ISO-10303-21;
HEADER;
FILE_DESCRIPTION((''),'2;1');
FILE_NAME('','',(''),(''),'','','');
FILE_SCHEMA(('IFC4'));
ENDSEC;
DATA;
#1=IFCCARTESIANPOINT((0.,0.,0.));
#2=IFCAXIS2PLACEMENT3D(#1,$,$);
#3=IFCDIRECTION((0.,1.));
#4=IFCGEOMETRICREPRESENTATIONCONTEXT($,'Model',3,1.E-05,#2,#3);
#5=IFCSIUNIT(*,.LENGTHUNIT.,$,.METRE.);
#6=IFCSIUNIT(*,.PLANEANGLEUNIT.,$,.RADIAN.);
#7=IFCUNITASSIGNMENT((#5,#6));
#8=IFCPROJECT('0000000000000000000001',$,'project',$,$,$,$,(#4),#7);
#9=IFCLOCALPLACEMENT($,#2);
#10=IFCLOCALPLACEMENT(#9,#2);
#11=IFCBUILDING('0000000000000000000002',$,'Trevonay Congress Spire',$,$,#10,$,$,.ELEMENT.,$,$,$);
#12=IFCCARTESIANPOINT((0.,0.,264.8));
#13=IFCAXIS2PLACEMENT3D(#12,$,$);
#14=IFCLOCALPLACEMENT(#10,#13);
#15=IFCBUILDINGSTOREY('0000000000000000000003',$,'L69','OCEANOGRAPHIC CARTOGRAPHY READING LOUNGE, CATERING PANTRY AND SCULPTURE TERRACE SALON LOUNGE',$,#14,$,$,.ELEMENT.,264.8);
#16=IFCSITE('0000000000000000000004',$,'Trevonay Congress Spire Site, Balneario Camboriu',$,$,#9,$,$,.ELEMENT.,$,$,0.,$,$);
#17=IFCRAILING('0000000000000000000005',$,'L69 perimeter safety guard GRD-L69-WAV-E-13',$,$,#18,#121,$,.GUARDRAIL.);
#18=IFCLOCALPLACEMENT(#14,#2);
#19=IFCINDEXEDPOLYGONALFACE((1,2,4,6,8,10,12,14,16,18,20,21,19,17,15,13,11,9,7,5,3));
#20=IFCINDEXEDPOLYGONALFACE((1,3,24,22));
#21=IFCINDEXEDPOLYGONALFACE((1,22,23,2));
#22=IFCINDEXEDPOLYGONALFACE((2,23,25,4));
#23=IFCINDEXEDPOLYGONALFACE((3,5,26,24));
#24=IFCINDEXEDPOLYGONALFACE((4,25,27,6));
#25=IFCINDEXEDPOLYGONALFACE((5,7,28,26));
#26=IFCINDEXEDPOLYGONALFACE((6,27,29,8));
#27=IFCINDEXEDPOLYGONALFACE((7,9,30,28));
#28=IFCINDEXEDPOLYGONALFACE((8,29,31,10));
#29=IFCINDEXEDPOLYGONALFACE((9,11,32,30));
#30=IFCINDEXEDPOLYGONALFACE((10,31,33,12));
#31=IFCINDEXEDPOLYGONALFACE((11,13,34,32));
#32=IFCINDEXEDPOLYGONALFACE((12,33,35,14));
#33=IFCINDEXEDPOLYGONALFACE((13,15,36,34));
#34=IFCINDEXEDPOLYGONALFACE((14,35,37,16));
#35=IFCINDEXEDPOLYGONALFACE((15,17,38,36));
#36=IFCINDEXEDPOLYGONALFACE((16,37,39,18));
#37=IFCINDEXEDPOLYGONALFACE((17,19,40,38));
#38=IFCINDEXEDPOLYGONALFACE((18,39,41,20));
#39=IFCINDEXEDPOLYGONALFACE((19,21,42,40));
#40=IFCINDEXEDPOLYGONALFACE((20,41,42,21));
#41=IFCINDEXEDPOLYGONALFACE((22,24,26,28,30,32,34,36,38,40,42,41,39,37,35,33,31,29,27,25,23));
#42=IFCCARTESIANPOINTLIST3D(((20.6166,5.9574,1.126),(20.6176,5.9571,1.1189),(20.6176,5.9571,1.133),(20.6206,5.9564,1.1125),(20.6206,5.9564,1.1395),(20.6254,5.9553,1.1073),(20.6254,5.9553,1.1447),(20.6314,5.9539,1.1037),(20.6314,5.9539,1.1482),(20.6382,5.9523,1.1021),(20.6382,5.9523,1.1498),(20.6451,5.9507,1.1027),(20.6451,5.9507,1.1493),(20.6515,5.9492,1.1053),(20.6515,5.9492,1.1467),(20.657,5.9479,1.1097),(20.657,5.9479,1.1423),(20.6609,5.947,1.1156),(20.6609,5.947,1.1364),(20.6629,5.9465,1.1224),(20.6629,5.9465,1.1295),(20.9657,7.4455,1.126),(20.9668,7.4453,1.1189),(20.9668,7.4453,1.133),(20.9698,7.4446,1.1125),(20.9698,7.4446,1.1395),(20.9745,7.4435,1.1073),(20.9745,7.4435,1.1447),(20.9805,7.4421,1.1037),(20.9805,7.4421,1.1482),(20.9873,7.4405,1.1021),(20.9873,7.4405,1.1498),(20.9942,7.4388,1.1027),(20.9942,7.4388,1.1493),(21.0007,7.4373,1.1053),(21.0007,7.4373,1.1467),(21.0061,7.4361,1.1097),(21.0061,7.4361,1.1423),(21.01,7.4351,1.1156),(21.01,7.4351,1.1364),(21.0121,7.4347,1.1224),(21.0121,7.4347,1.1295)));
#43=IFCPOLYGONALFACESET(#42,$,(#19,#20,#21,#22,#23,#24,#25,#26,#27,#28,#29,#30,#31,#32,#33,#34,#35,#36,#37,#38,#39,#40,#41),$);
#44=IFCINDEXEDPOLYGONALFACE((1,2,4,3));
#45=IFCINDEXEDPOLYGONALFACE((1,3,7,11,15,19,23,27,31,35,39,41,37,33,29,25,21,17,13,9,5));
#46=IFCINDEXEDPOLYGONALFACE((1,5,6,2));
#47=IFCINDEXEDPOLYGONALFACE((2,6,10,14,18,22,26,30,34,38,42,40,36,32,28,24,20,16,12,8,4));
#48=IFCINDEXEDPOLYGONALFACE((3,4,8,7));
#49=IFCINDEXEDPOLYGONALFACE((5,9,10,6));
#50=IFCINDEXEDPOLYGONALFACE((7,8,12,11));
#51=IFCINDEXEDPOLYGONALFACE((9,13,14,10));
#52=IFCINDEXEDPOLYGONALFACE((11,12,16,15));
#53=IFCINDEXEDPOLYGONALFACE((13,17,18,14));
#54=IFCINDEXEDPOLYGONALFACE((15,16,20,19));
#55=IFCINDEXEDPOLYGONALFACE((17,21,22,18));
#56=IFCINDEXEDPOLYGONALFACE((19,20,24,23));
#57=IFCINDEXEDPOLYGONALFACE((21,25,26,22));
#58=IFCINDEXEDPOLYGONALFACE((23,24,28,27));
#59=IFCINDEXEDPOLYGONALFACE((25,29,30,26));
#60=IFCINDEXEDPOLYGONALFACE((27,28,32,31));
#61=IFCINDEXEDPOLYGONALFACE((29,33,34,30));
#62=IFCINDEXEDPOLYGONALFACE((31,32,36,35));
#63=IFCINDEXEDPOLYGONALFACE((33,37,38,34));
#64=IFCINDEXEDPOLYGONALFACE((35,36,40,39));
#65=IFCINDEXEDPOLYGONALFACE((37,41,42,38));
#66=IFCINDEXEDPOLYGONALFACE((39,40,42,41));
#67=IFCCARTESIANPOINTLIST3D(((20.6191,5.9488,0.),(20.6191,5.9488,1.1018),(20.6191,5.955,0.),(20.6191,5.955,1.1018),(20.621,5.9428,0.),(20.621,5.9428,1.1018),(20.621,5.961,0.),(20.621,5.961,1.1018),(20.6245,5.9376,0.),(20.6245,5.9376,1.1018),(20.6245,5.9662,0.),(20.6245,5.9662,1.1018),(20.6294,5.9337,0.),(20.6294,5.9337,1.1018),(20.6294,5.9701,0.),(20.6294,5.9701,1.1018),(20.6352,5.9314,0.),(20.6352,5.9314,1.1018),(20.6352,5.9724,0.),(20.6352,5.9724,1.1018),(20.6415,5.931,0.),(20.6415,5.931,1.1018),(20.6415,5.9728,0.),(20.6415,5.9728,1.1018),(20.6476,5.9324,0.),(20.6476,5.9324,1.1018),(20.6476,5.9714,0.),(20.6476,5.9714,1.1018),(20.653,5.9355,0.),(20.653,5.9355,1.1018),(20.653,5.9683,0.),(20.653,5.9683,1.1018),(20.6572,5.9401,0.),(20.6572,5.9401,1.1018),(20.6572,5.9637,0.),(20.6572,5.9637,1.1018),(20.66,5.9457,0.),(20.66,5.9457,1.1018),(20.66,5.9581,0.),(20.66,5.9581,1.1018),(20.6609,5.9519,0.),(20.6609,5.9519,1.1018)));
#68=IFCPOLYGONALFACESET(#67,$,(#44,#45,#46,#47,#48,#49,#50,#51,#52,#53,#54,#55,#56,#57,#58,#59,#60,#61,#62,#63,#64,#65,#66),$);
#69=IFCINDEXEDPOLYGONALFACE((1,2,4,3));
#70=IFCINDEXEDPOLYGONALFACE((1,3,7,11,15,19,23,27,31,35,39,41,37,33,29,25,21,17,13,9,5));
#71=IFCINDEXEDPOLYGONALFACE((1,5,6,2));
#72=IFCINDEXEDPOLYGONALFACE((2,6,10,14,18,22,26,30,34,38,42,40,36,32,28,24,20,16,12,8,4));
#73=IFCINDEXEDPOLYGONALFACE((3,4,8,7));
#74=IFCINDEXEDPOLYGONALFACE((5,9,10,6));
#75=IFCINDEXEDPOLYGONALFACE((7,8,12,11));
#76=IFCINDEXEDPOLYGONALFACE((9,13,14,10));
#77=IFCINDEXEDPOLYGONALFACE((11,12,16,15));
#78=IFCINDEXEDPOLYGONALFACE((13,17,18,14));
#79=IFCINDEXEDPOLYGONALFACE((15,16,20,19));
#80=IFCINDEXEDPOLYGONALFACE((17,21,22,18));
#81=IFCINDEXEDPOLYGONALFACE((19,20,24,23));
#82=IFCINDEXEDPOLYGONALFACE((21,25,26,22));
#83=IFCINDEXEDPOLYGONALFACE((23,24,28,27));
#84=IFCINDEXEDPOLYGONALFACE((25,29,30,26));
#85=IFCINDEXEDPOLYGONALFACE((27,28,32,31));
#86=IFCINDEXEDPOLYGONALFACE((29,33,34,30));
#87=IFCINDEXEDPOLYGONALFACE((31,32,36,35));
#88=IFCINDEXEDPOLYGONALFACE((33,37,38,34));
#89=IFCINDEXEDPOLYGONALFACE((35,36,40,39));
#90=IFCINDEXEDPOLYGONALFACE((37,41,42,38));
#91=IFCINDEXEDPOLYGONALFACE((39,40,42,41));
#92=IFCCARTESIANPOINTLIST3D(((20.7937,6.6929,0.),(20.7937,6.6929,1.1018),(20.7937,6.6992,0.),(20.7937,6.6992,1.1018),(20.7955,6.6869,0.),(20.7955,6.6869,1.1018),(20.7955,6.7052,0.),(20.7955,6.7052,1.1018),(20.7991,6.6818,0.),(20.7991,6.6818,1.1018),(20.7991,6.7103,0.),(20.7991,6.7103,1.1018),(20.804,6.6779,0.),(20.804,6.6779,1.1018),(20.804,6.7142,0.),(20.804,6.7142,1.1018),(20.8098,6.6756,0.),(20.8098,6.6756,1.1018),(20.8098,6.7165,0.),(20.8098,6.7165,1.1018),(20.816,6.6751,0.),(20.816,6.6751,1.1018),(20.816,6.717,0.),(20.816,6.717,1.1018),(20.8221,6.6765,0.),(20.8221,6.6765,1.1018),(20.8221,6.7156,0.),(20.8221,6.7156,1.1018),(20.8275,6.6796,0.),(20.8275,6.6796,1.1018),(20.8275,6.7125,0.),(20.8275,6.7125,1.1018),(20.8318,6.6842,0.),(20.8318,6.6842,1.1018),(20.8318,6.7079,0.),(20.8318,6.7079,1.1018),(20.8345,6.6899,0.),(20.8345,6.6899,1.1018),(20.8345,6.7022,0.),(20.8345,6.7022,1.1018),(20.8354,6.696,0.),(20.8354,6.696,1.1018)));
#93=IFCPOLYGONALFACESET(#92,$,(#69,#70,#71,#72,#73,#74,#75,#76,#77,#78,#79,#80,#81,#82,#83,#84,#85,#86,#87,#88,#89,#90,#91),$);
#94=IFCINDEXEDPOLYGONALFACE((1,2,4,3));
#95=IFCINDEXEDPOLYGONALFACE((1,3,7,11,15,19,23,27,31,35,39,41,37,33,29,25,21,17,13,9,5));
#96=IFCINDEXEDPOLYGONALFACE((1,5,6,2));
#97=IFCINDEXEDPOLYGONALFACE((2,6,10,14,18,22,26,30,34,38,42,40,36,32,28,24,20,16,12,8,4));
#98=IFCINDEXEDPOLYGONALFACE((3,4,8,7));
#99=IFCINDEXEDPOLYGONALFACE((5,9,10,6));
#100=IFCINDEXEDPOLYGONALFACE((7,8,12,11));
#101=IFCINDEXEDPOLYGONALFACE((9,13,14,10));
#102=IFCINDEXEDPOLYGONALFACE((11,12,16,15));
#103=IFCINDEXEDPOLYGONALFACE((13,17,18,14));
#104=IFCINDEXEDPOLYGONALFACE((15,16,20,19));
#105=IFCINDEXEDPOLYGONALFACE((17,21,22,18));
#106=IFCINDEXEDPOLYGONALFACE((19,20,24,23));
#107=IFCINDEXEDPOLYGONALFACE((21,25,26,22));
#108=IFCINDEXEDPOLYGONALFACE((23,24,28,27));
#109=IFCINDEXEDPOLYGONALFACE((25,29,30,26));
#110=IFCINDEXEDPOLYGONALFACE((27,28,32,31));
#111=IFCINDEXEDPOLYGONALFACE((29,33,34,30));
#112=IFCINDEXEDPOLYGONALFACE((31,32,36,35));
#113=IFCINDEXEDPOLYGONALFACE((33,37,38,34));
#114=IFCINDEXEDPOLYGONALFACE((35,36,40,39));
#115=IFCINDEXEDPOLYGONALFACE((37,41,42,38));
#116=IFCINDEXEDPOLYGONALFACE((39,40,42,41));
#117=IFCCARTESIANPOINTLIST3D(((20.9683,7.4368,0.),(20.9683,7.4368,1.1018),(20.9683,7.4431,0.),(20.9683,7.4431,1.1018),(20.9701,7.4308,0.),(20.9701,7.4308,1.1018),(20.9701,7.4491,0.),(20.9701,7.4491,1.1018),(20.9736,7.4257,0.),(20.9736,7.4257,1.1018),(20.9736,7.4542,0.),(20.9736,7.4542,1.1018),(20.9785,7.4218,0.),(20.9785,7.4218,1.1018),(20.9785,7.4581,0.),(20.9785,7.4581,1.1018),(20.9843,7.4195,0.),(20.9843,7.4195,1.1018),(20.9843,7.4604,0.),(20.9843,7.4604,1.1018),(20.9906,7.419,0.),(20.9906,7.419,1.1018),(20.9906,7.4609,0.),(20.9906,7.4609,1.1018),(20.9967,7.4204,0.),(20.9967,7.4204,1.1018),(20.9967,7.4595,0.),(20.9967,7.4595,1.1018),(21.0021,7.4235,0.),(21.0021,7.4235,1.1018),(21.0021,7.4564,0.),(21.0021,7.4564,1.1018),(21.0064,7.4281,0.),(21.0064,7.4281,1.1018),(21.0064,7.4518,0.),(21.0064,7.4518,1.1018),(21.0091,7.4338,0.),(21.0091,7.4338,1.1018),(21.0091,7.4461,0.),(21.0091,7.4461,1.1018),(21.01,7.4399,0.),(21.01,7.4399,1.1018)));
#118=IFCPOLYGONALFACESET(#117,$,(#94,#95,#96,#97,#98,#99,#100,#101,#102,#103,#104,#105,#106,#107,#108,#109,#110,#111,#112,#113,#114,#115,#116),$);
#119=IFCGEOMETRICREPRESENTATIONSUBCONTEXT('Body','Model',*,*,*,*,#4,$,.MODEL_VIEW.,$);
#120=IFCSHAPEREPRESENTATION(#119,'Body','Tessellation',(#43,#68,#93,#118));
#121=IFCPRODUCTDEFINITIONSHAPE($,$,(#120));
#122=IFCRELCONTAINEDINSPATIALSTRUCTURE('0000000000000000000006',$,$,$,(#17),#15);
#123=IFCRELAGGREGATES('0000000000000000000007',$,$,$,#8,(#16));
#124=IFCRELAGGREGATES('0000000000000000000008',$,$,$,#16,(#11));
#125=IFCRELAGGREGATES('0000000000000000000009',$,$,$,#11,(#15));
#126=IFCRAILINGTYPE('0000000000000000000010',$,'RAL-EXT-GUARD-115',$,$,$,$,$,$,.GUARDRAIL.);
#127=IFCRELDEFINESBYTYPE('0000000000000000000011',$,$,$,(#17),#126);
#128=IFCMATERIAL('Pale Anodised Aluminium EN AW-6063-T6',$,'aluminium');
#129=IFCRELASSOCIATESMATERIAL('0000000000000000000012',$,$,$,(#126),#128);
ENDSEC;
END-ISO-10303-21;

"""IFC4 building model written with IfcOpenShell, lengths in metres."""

from ifc_helpers import new_model, si_unit, direction, frame, origin, origin_2d, place, context, subcontext, project, spatial, circle, extrude, material, type_object, element, save


model = new_model("IFC4")

# Units and contexts
model_context = context("Model", 3, precision=1e-05, world=origin(), true_north=direction((0.0, 1.0)))
body_context = subcontext(model_context, "Body", "Model", "MODEL_VIEW")
ifc_project = project(units=[si_unit("LENGTHUNIT", "METRE"), si_unit("PLANEANGLEUNIT", "RADIAN")], contexts=[model_context])

# Site, building, storey
site_placement = place(None, origin())
site = spatial("IfcSite", under=ifc_project, at=site_placement, Name="Trevonay Congress Spire Site, Balneario Camboriu", CompositionType="ELEMENT", RefElevation=0.0)
building_placement = place(site_placement, origin())
building = spatial("IfcBuilding", under=site, at=building_placement, Name="Trevonay Congress Spire", CompositionType="ELEMENT")
storey_placement = place(building_placement, frame((0.0, 0.0, 264.8)))
storey = spatial("IfcBuildingStorey", under=building, at=storey_placement, Name="L69", Description="OCEANOGRAPHIC CARTOGRAPHY READING LOUNGE, CATERING PANTRY AND SCULPTURE TERRACE SALON LOUNGE", CompositionType="ELEMENT", Elevation=264.8)

# Shared definitions
ifc_material_1 = material(Name="Pale Anodised Aluminium EN AW-6063-T6", Category="aluminium")

# Railing
railing_type = type_object("IfcRailingType", Name="RAL-EXT-GUARD-115", PredefinedType="GUARDRAIL", material=ifc_material_1)
railing_1_placement = place(storey_placement, frame((20.6399, 5.9519, 0.0)))
element("IfcRailing", 1, at=railing_1_placement, inside=storey, type_object=railing_type, Name="L69 perimeter safety guard GRD-L69-WAV-E-13", PredefinedType="GUARDRAIL", context=body_context, shape_type="SweptSolid", body=[
    extrude(circle(Radius=0.0239, at=origin_2d()), frame((0.0, 0.0, 1.126), z_axis=(0.228416, 0.973564, 0.0), x_axis=(-0.973564, 0.228416, 0.0)), (0.0, 0.0, 1.0), 1.5286),
    extrude(circle(Radius=0.021, at=origin_2d()), origin(), (0.0, 0.0, 1.0), 1.1018),
    extrude(circle(Radius=0.021, at=origin_2d()), frame((0.1746, 0.7441, 0.0)), (0.0, 0.0, 1.0), 1.1018),
    extrude(circle(Radius=0.021, at=origin_2d()), frame((0.3491, 1.488, 0.0)), (0.0, 0.0, 1.0), 1.1018),
])

save(model, "model.ifc")
